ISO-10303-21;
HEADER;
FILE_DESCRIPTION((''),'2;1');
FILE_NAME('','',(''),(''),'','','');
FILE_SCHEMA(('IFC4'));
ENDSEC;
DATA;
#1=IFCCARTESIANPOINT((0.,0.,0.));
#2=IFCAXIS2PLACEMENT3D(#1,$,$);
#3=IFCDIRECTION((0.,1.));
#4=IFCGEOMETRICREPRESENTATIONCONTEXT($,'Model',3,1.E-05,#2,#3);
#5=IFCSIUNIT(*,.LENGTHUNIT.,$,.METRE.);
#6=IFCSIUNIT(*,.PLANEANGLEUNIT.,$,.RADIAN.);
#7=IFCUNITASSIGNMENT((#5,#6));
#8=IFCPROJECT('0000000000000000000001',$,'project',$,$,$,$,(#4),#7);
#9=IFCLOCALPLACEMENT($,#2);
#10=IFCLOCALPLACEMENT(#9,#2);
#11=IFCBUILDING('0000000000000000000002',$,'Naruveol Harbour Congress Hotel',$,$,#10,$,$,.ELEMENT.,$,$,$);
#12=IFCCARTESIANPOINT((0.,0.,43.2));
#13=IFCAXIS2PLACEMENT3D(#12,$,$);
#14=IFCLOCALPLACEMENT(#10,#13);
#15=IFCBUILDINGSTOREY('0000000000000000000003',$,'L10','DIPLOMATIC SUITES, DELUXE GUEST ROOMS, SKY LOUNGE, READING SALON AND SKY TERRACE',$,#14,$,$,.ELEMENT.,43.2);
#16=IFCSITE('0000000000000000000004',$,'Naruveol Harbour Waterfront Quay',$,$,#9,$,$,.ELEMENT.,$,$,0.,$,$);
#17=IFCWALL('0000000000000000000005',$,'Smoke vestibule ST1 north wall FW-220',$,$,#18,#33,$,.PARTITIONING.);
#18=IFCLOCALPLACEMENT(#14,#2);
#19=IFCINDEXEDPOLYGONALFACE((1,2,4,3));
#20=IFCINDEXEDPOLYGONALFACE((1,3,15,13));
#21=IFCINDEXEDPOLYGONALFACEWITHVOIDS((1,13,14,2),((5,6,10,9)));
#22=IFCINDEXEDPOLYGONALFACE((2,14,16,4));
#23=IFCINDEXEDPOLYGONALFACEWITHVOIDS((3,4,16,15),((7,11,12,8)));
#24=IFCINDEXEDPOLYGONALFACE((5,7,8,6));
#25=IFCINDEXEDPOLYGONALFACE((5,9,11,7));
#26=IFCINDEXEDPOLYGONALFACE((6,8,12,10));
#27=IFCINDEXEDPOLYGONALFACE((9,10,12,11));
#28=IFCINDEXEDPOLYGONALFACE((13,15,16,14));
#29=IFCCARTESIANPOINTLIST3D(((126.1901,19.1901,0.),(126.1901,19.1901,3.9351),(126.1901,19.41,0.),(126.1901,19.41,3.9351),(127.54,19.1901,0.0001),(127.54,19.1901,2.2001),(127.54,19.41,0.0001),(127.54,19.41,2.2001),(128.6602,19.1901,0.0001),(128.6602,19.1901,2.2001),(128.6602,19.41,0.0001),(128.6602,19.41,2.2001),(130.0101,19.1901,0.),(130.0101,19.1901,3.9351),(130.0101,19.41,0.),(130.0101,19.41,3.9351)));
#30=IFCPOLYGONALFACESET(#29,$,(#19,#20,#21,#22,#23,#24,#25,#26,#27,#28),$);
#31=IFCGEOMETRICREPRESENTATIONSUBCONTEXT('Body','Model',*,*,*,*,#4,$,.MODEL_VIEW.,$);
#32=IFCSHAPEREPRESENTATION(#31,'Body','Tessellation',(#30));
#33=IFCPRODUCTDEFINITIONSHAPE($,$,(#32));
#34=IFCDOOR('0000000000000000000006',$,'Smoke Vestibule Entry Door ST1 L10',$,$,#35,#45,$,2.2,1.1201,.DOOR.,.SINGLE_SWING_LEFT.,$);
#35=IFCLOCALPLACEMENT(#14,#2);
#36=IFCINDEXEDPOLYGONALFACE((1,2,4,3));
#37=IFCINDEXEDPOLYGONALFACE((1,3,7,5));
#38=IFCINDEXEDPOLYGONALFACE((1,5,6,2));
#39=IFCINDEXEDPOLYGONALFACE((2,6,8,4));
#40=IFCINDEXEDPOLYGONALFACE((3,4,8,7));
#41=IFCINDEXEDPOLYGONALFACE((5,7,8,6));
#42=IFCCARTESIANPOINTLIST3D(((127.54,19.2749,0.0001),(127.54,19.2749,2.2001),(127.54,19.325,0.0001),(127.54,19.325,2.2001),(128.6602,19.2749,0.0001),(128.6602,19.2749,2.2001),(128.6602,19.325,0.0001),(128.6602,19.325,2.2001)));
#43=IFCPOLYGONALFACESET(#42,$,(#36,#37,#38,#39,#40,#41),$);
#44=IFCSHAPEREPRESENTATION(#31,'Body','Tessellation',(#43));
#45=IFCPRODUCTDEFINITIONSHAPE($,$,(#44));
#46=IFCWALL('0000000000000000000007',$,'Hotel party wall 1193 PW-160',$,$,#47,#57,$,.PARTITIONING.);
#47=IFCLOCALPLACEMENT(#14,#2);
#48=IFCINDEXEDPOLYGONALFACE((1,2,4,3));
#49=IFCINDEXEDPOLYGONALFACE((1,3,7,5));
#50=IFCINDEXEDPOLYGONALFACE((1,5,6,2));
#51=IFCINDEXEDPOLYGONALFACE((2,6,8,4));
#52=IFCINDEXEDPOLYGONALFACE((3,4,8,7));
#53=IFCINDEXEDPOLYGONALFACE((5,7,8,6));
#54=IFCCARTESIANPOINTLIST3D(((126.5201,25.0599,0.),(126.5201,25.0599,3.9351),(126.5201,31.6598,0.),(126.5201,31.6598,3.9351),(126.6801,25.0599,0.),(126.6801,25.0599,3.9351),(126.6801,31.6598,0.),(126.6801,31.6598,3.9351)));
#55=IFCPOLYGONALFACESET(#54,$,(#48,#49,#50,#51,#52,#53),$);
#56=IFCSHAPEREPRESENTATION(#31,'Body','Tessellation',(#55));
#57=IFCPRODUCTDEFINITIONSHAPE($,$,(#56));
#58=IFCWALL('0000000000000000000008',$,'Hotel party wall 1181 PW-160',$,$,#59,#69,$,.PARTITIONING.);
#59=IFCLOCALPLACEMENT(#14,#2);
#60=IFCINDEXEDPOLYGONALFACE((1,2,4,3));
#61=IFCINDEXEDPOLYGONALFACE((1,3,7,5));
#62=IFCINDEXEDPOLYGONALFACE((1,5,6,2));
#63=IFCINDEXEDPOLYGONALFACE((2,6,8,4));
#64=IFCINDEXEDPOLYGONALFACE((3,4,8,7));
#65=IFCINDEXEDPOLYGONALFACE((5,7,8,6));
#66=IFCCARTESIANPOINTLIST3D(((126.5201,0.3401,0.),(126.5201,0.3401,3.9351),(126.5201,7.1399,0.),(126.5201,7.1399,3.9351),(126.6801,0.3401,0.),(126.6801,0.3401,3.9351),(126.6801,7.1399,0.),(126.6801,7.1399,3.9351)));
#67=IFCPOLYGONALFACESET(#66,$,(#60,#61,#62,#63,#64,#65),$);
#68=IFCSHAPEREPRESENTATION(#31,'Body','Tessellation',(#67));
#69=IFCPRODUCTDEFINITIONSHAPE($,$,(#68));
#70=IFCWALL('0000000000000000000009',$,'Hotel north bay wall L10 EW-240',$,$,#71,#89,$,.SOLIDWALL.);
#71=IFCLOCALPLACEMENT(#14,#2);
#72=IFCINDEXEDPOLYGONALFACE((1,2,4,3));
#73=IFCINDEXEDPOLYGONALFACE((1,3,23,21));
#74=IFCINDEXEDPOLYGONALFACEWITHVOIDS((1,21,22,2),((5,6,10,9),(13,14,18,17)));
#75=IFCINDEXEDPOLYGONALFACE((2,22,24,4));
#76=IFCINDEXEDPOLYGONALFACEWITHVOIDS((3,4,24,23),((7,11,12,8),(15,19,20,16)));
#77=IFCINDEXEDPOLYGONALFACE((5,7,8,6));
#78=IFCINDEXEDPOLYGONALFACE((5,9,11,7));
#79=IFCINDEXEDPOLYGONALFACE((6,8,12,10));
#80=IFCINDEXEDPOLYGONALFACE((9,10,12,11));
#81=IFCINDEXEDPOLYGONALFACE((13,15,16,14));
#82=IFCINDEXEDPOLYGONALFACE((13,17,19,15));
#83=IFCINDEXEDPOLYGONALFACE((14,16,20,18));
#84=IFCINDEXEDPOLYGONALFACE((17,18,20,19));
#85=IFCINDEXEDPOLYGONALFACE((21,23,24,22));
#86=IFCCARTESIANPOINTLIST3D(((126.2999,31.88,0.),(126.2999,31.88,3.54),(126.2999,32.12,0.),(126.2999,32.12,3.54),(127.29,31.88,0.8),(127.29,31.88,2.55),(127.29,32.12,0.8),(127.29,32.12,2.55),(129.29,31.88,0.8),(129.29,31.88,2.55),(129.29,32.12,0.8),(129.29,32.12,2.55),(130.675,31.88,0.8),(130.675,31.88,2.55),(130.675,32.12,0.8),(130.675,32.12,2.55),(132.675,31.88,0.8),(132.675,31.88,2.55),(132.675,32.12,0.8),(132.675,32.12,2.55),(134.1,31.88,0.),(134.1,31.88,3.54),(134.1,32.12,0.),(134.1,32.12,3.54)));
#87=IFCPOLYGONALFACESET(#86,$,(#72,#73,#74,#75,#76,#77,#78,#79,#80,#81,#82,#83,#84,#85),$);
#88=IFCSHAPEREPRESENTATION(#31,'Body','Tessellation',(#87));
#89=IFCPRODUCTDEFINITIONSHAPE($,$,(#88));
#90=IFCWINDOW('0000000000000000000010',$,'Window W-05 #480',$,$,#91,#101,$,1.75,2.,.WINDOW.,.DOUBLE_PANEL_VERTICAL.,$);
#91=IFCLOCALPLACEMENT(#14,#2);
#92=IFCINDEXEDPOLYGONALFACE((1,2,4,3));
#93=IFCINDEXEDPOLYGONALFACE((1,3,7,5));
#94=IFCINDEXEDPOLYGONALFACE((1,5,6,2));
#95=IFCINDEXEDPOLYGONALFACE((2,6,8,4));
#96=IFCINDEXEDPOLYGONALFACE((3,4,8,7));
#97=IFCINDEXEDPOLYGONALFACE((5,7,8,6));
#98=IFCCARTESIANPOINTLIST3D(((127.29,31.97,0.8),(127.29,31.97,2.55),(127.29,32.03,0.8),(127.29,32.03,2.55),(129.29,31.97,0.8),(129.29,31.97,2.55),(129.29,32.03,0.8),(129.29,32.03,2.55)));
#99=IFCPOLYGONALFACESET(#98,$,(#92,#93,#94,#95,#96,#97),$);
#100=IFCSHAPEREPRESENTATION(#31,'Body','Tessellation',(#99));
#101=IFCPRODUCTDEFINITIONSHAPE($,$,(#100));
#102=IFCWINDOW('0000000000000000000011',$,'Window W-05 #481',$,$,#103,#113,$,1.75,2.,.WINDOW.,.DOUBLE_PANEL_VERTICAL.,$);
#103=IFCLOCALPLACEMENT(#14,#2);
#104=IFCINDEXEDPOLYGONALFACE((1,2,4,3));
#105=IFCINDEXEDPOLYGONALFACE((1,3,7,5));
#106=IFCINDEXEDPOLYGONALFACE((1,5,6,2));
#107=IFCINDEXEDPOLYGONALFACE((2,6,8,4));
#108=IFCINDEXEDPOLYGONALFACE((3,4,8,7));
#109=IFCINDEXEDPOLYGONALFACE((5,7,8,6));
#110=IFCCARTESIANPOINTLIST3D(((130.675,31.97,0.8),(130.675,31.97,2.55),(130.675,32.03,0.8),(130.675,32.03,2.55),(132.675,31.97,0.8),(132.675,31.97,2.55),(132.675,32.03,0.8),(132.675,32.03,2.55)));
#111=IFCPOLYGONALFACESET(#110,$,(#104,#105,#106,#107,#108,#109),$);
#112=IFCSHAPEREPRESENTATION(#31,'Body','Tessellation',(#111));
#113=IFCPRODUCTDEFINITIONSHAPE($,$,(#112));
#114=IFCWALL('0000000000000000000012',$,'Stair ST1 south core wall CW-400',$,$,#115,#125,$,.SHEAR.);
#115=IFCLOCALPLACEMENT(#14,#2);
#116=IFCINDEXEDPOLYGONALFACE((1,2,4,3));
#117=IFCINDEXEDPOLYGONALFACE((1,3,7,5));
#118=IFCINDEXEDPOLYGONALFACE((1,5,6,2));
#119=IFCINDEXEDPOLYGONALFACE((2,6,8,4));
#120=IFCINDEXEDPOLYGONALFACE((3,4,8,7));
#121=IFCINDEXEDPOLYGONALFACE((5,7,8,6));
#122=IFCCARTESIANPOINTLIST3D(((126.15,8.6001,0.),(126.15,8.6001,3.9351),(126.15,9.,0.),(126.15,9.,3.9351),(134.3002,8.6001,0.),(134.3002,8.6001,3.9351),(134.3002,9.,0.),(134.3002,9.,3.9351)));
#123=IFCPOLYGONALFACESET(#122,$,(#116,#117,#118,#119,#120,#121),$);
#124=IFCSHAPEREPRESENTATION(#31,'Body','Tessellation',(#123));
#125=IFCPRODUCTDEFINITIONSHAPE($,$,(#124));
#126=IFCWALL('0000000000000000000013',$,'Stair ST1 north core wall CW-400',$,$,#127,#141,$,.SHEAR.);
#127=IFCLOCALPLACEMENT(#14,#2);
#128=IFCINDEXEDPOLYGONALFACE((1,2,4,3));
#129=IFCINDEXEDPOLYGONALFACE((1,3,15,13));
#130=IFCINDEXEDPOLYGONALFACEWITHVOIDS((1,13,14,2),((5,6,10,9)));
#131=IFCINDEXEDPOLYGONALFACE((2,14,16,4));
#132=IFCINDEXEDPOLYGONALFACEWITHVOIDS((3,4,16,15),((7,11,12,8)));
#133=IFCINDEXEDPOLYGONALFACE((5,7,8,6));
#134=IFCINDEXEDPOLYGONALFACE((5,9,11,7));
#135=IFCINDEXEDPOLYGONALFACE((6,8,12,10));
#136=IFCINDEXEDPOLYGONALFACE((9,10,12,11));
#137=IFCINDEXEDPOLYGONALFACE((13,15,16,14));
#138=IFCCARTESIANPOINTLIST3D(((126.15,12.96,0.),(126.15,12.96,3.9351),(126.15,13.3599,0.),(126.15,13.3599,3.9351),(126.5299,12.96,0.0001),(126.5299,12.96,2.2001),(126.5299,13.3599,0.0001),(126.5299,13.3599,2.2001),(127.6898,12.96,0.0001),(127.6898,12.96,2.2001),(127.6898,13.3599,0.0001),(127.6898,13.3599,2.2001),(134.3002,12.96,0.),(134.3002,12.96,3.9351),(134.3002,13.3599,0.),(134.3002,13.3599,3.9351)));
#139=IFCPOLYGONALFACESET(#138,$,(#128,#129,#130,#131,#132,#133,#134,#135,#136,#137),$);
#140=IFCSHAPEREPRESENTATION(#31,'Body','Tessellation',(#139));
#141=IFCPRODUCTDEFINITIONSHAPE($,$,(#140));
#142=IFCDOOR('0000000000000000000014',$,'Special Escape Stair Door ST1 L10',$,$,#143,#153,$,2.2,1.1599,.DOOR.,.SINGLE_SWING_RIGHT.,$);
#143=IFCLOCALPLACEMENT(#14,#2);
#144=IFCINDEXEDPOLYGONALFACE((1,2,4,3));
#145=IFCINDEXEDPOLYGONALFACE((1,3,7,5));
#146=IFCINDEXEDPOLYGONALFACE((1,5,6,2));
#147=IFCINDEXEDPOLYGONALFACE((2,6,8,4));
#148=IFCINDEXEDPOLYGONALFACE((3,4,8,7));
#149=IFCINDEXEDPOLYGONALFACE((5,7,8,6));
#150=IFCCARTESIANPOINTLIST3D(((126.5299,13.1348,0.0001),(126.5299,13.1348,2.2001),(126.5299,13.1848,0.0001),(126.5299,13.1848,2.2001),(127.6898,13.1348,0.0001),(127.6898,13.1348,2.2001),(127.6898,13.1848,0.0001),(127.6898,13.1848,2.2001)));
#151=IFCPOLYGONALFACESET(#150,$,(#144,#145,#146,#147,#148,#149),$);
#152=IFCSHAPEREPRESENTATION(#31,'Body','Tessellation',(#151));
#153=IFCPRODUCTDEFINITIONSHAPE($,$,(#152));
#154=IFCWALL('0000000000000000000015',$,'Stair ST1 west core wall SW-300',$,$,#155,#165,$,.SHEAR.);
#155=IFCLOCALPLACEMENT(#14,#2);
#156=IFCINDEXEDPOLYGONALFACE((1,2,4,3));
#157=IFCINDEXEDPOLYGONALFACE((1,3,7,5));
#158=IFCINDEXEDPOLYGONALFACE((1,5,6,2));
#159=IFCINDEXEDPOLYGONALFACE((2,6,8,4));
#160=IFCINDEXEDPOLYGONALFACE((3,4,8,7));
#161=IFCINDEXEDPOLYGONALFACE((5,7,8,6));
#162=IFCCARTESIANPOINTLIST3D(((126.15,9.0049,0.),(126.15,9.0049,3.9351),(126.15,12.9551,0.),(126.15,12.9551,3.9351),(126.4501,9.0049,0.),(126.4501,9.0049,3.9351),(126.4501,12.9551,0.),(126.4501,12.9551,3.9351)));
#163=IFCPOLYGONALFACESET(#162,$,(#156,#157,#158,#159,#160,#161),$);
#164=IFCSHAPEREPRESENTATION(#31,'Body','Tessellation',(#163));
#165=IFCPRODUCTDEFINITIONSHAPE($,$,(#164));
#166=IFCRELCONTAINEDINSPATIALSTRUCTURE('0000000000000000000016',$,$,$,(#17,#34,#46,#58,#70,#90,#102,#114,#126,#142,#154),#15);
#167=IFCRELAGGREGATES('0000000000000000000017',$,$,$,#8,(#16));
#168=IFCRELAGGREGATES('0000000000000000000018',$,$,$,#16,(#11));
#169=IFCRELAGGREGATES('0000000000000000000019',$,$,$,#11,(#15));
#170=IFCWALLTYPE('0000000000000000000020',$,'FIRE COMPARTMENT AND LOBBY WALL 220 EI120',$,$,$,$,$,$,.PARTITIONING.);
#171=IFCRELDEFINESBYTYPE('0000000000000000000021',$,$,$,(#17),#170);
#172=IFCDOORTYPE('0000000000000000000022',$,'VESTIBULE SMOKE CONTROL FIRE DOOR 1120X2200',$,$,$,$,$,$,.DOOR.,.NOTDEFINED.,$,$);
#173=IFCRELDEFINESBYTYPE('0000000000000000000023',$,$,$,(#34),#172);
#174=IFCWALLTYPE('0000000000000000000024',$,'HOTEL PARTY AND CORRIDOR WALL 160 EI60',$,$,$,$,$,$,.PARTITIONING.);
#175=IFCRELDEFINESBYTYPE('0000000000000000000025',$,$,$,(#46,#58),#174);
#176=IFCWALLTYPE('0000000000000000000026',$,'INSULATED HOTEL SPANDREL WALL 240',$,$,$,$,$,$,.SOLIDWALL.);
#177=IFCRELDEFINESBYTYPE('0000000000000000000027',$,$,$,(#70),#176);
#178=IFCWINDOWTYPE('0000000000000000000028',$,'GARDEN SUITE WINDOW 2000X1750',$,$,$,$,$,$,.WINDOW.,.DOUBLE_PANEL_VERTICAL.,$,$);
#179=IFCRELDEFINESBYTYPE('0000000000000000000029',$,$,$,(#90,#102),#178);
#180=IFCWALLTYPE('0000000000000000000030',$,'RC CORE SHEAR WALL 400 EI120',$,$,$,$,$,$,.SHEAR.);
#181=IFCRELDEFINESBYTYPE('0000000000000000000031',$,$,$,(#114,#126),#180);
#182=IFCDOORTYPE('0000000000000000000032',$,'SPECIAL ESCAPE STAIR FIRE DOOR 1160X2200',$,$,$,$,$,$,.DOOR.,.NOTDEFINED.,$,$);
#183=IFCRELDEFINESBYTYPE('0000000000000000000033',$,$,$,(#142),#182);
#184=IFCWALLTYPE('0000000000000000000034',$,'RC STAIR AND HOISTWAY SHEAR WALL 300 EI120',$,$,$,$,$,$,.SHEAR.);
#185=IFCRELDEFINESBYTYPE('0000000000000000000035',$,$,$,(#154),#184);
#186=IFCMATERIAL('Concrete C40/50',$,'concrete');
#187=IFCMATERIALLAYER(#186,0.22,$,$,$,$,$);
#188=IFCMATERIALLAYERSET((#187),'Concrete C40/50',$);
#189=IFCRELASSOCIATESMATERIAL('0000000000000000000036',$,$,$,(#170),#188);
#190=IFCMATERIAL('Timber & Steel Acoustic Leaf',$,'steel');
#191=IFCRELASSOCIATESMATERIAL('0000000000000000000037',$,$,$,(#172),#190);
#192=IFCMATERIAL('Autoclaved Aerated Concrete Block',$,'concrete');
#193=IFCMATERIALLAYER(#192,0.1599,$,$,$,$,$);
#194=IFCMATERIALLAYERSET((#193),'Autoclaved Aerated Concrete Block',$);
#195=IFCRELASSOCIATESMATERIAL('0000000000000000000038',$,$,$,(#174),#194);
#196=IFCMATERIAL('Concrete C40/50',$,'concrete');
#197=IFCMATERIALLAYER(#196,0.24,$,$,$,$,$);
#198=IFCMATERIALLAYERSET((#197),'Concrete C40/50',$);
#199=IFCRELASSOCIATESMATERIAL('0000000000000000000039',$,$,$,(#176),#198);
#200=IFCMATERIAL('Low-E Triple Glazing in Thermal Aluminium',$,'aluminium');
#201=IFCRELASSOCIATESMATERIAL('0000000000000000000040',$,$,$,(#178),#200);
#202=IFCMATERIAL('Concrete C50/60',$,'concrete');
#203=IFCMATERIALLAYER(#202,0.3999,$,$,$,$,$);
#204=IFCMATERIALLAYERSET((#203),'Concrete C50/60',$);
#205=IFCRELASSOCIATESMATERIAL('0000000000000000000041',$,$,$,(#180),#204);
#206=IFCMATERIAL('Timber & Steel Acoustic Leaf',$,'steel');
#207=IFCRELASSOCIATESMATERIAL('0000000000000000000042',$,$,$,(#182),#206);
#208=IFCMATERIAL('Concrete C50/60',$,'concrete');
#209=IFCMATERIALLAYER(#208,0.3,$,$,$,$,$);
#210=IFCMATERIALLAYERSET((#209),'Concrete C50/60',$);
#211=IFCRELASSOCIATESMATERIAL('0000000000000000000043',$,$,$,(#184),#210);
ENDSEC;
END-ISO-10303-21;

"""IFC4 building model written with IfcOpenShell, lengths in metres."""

from ifc_helpers import new_model, si_unit, direction, frame, frame_2d, origin, place, context, subcontext, project, spatial, rectangle, extrude, material, layer, layer_set, type_object, element, fill, save


model = new_model("IFC4")

# Units and contexts
model_context = context("Model", 3, precision=1e-05, world=origin(), true_north=direction((0.0, 1.0)))
body_context = subcontext(model_context, "Body", "Model", "MODEL_VIEW")
ifc_project = project(units=[si_unit("LENGTHUNIT", "METRE"), si_unit("PLANEANGLEUNIT", "RADIAN")], contexts=[model_context])

# Site, building, storey
site_placement = place(None, origin())
site = spatial("IfcSite", under=ifc_project, at=site_placement, Name="Naruveol Harbour Waterfront Quay", CompositionType="ELEMENT", RefElevation=0.0)
building_placement = place(site_placement, origin())
building = spatial("IfcBuilding", under=site, at=building_placement, Name="Naruveol Harbour Congress Hotel", CompositionType="ELEMENT")
storey_placement = place(building_placement, frame((0.0, 0.0, 43.2)))
storey = spatial("IfcBuildingStorey", under=building, at=storey_placement, Name="L10", Description="DIPLOMATIC SUITES, DELUXE GUEST ROOMS, SKY LOUNGE, READING SALON AND SKY TERRACE", CompositionType="ELEMENT", Elevation=43.2)

# Shared definitions
ifc_material_1 = material(Name="Concrete C40/50", Category="concrete")
ifc_layer_1 = layer(ifc_material_1, 0.22)
ifc_layer_set_1 = layer_set([ifc_layer_1], Name="Concrete C40/50")
wall_type_1 = type_object("IfcWallType", Name="FIRE COMPARTMENT AND LOBBY WALL 220 EI120", PredefinedType="PARTITIONING", material=ifc_layer_set_1)

# Wall, opening, door
wall_1_placement = place(storey_placement, frame((126.1899, 19.3, 0.0), z_axis=(0.0, 0.0, 1.0), x_axis=(1.0, 0.0, 0.0)))
wall_1 = element("IfcWall", 1, at=wall_1_placement, inside=storey, type_object=wall_type_1, Name="Smoke vestibule ST1 north wall FW-220", PredefinedType="PARTITIONING", context=body_context, shape_type="SweptSolid", body=[
    extrude(rectangle(XDim=3.8201, YDim=0.22, at=frame_2d((1.9102, 0.0))), origin(), (0.0, 0.0, 1.0), 3.9351),
])
opening_1_placement = place(wall_1_placement, frame((1.3501, 0.0, 0.0)))
opening_1 = element("IfcOpeningElement", 2, at=opening_1_placement, cuts=wall_1, PredefinedType="OPENING", context=body_context, shape_type="SweptSolid", body=[
    extrude(rectangle(XDim=1.1201, YDim=2.2, at=frame_2d((0.5601, 1.1001))), frame((0.0, 0.1199, 0.0), z_axis=(0.0, -1.0, 0.0), x_axis=(1.0, 0.0, 0.0)), (0.0, 0.0, 1.0), 0.24),
])
ifc_material_2 = material(Name="Timber & Steel Acoustic Leaf", Category="steel")
door_type_1 = type_object("IfcDoorType", Name="VESTIBULE SMOKE CONTROL FIRE DOOR 1120X2200", OperationType="NOTDEFINED", PredefinedType="DOOR", material=ifc_material_2)
door_1_placement = place(opening_1_placement, origin())
door_1 = element("IfcDoor", 3, at=door_1_placement, inside=storey, type_object=door_type_1, Name="Smoke Vestibule Entry Door ST1 L10", OperationType="SINGLE_SWING_LEFT", OverallHeight=2.2, OverallWidth=1.1201, PredefinedType="DOOR", context=body_context, shape_type="SweptSolid", body=[
    extrude(rectangle(XDim=1.1201, YDim=2.2, at=frame_2d((0.5601, 1.1001))), frame((0.0, 0.0249, 0.0), z_axis=(0.0, -1.0, 0.0), x_axis=(1.0, 0.0, 0.0)), (0.0, 0.0, 1.0), 0.05),
])
fill(opening_1, door_1)

# Walls
ifc_material_3 = material(Name="Autoclaved Aerated Concrete Block", Category="concrete")
ifc_layer_2 = layer(ifc_material_3, 0.1599)
ifc_layer_set_2 = layer_set([ifc_layer_2], Name="Autoclaved Aerated Concrete Block")
wall_type_2 = type_object("IfcWallType", Name="HOTEL PARTY AND CORRIDOR WALL 160 EI60", PredefinedType="PARTITIONING", material=ifc_layer_set_2)
wall_2_placement = place(storey_placement, frame((126.6001, 25.0601, 0.0), z_axis=(0.0, 0.0, 1.0), x_axis=(0.0, 1.0, 0.0)))
element("IfcWall", 4, at=wall_2_placement, inside=storey, type_object=wall_type_2, Name="Hotel party wall 1193 PW-160", PredefinedType="PARTITIONING", context=body_context, shape_type="SweptSolid", body=[
    extrude(rectangle(XDim=6.5999, YDim=0.1599, at=frame_2d((3.2998, 0.0))), origin(), (0.0, 0.0, 1.0), 3.9351),
])
wall_3_placement = place(storey_placement, frame((126.6001, 0.3401, 0.0), z_axis=(0.0, 0.0, 1.0), x_axis=(0.0, 1.0, 0.0)))
element("IfcWall", 5, at=wall_3_placement, inside=storey, type_object=wall_type_2, Name="Hotel party wall 1181 PW-160", PredefinedType="PARTITIONING", context=body_context, shape_type="SweptSolid", body=[
    extrude(rectangle(XDim=6.7998, YDim=0.1599, at=frame_2d((3.3999, 0.0))), origin(), (0.0, 0.0, 1.0), 3.9351),
])

# Wall, openings, windows
ifc_material_4 = material(Name="Concrete C40/50", Category="concrete")
ifc_layer_3 = layer(ifc_material_4, 0.24)
ifc_layer_set_3 = layer_set([ifc_layer_3], Name="Concrete C40/50")
wall_type_3 = type_object("IfcWallType", Name="INSULATED HOTEL SPANDREL WALL 240", PredefinedType="SOLIDWALL", material=ifc_layer_set_3)
wall_4_placement = place(storey_placement, frame((126.3, 32.0, 0.0), z_axis=(0.0, 0.0, 1.0), x_axis=(1.0, 0.0, 0.0)))
wall_4 = element("IfcWall", 6, at=wall_4_placement, inside=storey, type_object=wall_type_3, Name="Hotel north bay wall L10 EW-240", PredefinedType="SOLIDWALL", context=body_context, shape_type="SweptSolid", body=[
    extrude(rectangle(XDim=7.8, YDim=0.24, at=frame_2d((3.8999, 0.0))), origin(), (0.0, 0.0, 1.0), 3.54),
])
opening_2_placement = place(wall_4_placement, frame((0.99, 0.0, 0.8)))
opening_2 = element("IfcOpeningElement", 7, at=opening_2_placement, cuts=wall_4, PredefinedType="OPENING", context=body_context, shape_type="SweptSolid", body=[
    extrude(rectangle(XDim=2.0, YDim=1.75, at=frame_2d((1.0, 0.875))), frame((0.0, 0.1299, 0.0), z_axis=(0.0, -1.0, 0.0), x_axis=(1.0, 0.0, 0.0)), (0.0, 0.0, 1.0), 0.26),
])
opening_3_placement = place(wall_4_placement, frame((4.375, 0.0, 0.8)))
opening_3 = element("IfcOpeningElement", 8, at=opening_3_placement, cuts=wall_4, PredefinedType="OPENING", context=body_context, shape_type="SweptSolid", body=[
    extrude(rectangle(XDim=2.0, YDim=1.75, at=frame_2d((1.0, 0.875))), frame((0.0, 0.1299, 0.0), z_axis=(0.0, -1.0, 0.0), x_axis=(1.0, 0.0, 0.0)), (0.0, 0.0, 1.0), 0.26),
])
ifc_material_5 = material(Name="Low-E Triple Glazing in Thermal Aluminium", Category="aluminium")
window_type_1 = type_object("IfcWindowType", Name="GARDEN SUITE WINDOW 2000X1750", PartitioningType="DOUBLE_PANEL_VERTICAL", PredefinedType="WINDOW", material=ifc_material_5)
window_1_placement = place(opening_2_placement, origin())
window_1 = element("IfcWindow", 9, at=window_1_placement, inside=storey, type_object=window_type_1, Name="Window W-05 #480", OverallHeight=1.75, OverallWidth=2.0, PartitioningType="DOUBLE_PANEL_VERTICAL", PredefinedType="WINDOW", context=body_context, shape_type="SweptSolid", body=[
    extrude(rectangle(XDim=2.0, YDim=1.75, at=frame_2d((1.0, 0.875))), frame((0.0, 0.03, 0.0), z_axis=(0.0, -1.0, 0.0), x_axis=(1.0, 0.0, 0.0)), (0.0, 0.0, 1.0), 0.0601),
])
fill(opening_2, window_1)
window_2_placement = place(opening_3_placement, origin())
window_2 = element("IfcWindow", 10, at=window_2_placement, inside=storey, type_object=window_type_1, Name="Window W-05 #481", OverallHeight=1.75, OverallWidth=2.0, PartitioningType="DOUBLE_PANEL_VERTICAL", PredefinedType="WINDOW", context=body_context, shape_type="SweptSolid", body=[
    extrude(rectangle(XDim=2.0, YDim=1.75, at=frame_2d((1.0, 0.875))), frame((0.0, 0.03, 0.0), z_axis=(0.0, -1.0, 0.0), x_axis=(1.0, 0.0, 0.0)), (0.0, 0.0, 1.0), 0.0601),
])
fill(opening_3, window_2)

# Wall
ifc_material_6 = material(Name="Concrete C50/60", Category="concrete")
ifc_layer_4 = layer(ifc_material_6, 0.3999)
ifc_layer_set_4 = layer_set([ifc_layer_4], Name="Concrete C50/60")
wall_type_4 = type_object("IfcWallType", Name="RC CORE SHEAR WALL 400 EI120", PredefinedType="SHEAR", material=ifc_layer_set_4)
wall_5_placement = place(storey_placement, frame((126.1499, 8.8, 0.0), z_axis=(0.0, 0.0, 1.0), x_axis=(1.0, 0.0, 0.0)))
element("IfcWall", 11, at=wall_5_placement, inside=storey, type_object=wall_type_4, Name="Stair ST1 south core wall CW-400", PredefinedType="SHEAR", context=body_context, shape_type="SweptSolid", body=[
    extrude(rectangle(XDim=8.1501, YDim=0.3999, at=frame_2d((4.0752, 0.0))), origin(), (0.0, 0.0, 1.0), 3.9351),
])

# Wall, opening, door
wall_6_placement = place(storey_placement, frame((126.1499, 13.1599, 0.0), z_axis=(0.0, 0.0, 1.0), x_axis=(1.0, 0.0, 0.0)))
wall_6 = element("IfcWall", 12, at=wall_6_placement, inside=storey, type_object=wall_type_4, Name="Stair ST1 north core wall CW-400", PredefinedType="SHEAR", context=body_context, shape_type="SweptSolid", body=[
    extrude(rectangle(XDim=8.1501, YDim=0.3999, at=frame_2d((4.0752, 0.0))), origin(), (0.0, 0.0, 1.0), 3.9351),
])
opening_4_placement = place(wall_6_placement, frame((0.3799, 0.0, 0.0)))
opening_4 = element("IfcOpeningElement", 13, at=opening_4_placement, cuts=wall_6, PredefinedType="OPENING", context=body_context, shape_type="SweptSolid", body=[
    extrude(rectangle(XDim=1.1599, YDim=2.2, at=frame_2d((0.5801, 1.1001))), frame((0.0, 0.21, 0.0), z_axis=(0.0, -1.0, 0.0), x_axis=(1.0, 0.0, 0.0)), (0.0, 0.0, 1.0), 0.4199),
])
ifc_material_7 = material(Name="Timber & Steel Acoustic Leaf", Category="steel")
door_type_2 = type_object("IfcDoorType", Name="SPECIAL ESCAPE STAIR FIRE DOOR 1160X2200", OperationType="NOTDEFINED", PredefinedType="DOOR", material=ifc_material_7)
door_2_placement = place(opening_4_placement, origin())
door_2 = element("IfcDoor", 14, at=door_2_placement, inside=storey, type_object=door_type_2, Name="Special Escape Stair Door ST1 L10", OperationType="SINGLE_SWING_RIGHT", OverallHeight=2.2, OverallWidth=1.1599, PredefinedType="DOOR", context=body_context, shape_type="SweptSolid", body=[
    extrude(rectangle(XDim=1.1599, YDim=2.2, at=frame_2d((0.5801, 1.1001))), frame((0.0, 0.0249, 0.0), z_axis=(0.0, -1.0, 0.0), x_axis=(1.0, 0.0, 0.0)), (0.0, 0.0, 1.0), 0.05),
])
fill(opening_4, door_2)

# Wall
ifc_material_8 = material(Name="Concrete C50/60", Category="concrete")
ifc_layer_5 = layer(ifc_material_8, 0.3)
ifc_layer_set_5 = layer_set([ifc_layer_5], Name="Concrete C50/60")
wall_type_5 = type_object("IfcWallType", Name="RC STAIR AND HOISTWAY SHEAR WALL 300 EI120", PredefinedType="SHEAR", material=ifc_layer_set_5)
wall_7_placement = place(storey_placement, frame((126.3, 9.0049, 0.0), z_axis=(0.0, 0.0, 1.0), x_axis=(0.0, 1.0, 0.0)))
element("IfcWall", 15, at=wall_7_placement, inside=storey, type_object=wall_type_5, Name="Stair ST1 west core wall SW-300", PredefinedType="SHEAR", context=body_context, shape_type="SweptSolid", body=[
    extrude(rectangle(XDim=3.9502, YDim=0.3, at=frame_2d((1.9751, 0.0))), origin(), (0.0, 0.0, 1.0), 3.9351),
])

save(model, "model.ifc")
